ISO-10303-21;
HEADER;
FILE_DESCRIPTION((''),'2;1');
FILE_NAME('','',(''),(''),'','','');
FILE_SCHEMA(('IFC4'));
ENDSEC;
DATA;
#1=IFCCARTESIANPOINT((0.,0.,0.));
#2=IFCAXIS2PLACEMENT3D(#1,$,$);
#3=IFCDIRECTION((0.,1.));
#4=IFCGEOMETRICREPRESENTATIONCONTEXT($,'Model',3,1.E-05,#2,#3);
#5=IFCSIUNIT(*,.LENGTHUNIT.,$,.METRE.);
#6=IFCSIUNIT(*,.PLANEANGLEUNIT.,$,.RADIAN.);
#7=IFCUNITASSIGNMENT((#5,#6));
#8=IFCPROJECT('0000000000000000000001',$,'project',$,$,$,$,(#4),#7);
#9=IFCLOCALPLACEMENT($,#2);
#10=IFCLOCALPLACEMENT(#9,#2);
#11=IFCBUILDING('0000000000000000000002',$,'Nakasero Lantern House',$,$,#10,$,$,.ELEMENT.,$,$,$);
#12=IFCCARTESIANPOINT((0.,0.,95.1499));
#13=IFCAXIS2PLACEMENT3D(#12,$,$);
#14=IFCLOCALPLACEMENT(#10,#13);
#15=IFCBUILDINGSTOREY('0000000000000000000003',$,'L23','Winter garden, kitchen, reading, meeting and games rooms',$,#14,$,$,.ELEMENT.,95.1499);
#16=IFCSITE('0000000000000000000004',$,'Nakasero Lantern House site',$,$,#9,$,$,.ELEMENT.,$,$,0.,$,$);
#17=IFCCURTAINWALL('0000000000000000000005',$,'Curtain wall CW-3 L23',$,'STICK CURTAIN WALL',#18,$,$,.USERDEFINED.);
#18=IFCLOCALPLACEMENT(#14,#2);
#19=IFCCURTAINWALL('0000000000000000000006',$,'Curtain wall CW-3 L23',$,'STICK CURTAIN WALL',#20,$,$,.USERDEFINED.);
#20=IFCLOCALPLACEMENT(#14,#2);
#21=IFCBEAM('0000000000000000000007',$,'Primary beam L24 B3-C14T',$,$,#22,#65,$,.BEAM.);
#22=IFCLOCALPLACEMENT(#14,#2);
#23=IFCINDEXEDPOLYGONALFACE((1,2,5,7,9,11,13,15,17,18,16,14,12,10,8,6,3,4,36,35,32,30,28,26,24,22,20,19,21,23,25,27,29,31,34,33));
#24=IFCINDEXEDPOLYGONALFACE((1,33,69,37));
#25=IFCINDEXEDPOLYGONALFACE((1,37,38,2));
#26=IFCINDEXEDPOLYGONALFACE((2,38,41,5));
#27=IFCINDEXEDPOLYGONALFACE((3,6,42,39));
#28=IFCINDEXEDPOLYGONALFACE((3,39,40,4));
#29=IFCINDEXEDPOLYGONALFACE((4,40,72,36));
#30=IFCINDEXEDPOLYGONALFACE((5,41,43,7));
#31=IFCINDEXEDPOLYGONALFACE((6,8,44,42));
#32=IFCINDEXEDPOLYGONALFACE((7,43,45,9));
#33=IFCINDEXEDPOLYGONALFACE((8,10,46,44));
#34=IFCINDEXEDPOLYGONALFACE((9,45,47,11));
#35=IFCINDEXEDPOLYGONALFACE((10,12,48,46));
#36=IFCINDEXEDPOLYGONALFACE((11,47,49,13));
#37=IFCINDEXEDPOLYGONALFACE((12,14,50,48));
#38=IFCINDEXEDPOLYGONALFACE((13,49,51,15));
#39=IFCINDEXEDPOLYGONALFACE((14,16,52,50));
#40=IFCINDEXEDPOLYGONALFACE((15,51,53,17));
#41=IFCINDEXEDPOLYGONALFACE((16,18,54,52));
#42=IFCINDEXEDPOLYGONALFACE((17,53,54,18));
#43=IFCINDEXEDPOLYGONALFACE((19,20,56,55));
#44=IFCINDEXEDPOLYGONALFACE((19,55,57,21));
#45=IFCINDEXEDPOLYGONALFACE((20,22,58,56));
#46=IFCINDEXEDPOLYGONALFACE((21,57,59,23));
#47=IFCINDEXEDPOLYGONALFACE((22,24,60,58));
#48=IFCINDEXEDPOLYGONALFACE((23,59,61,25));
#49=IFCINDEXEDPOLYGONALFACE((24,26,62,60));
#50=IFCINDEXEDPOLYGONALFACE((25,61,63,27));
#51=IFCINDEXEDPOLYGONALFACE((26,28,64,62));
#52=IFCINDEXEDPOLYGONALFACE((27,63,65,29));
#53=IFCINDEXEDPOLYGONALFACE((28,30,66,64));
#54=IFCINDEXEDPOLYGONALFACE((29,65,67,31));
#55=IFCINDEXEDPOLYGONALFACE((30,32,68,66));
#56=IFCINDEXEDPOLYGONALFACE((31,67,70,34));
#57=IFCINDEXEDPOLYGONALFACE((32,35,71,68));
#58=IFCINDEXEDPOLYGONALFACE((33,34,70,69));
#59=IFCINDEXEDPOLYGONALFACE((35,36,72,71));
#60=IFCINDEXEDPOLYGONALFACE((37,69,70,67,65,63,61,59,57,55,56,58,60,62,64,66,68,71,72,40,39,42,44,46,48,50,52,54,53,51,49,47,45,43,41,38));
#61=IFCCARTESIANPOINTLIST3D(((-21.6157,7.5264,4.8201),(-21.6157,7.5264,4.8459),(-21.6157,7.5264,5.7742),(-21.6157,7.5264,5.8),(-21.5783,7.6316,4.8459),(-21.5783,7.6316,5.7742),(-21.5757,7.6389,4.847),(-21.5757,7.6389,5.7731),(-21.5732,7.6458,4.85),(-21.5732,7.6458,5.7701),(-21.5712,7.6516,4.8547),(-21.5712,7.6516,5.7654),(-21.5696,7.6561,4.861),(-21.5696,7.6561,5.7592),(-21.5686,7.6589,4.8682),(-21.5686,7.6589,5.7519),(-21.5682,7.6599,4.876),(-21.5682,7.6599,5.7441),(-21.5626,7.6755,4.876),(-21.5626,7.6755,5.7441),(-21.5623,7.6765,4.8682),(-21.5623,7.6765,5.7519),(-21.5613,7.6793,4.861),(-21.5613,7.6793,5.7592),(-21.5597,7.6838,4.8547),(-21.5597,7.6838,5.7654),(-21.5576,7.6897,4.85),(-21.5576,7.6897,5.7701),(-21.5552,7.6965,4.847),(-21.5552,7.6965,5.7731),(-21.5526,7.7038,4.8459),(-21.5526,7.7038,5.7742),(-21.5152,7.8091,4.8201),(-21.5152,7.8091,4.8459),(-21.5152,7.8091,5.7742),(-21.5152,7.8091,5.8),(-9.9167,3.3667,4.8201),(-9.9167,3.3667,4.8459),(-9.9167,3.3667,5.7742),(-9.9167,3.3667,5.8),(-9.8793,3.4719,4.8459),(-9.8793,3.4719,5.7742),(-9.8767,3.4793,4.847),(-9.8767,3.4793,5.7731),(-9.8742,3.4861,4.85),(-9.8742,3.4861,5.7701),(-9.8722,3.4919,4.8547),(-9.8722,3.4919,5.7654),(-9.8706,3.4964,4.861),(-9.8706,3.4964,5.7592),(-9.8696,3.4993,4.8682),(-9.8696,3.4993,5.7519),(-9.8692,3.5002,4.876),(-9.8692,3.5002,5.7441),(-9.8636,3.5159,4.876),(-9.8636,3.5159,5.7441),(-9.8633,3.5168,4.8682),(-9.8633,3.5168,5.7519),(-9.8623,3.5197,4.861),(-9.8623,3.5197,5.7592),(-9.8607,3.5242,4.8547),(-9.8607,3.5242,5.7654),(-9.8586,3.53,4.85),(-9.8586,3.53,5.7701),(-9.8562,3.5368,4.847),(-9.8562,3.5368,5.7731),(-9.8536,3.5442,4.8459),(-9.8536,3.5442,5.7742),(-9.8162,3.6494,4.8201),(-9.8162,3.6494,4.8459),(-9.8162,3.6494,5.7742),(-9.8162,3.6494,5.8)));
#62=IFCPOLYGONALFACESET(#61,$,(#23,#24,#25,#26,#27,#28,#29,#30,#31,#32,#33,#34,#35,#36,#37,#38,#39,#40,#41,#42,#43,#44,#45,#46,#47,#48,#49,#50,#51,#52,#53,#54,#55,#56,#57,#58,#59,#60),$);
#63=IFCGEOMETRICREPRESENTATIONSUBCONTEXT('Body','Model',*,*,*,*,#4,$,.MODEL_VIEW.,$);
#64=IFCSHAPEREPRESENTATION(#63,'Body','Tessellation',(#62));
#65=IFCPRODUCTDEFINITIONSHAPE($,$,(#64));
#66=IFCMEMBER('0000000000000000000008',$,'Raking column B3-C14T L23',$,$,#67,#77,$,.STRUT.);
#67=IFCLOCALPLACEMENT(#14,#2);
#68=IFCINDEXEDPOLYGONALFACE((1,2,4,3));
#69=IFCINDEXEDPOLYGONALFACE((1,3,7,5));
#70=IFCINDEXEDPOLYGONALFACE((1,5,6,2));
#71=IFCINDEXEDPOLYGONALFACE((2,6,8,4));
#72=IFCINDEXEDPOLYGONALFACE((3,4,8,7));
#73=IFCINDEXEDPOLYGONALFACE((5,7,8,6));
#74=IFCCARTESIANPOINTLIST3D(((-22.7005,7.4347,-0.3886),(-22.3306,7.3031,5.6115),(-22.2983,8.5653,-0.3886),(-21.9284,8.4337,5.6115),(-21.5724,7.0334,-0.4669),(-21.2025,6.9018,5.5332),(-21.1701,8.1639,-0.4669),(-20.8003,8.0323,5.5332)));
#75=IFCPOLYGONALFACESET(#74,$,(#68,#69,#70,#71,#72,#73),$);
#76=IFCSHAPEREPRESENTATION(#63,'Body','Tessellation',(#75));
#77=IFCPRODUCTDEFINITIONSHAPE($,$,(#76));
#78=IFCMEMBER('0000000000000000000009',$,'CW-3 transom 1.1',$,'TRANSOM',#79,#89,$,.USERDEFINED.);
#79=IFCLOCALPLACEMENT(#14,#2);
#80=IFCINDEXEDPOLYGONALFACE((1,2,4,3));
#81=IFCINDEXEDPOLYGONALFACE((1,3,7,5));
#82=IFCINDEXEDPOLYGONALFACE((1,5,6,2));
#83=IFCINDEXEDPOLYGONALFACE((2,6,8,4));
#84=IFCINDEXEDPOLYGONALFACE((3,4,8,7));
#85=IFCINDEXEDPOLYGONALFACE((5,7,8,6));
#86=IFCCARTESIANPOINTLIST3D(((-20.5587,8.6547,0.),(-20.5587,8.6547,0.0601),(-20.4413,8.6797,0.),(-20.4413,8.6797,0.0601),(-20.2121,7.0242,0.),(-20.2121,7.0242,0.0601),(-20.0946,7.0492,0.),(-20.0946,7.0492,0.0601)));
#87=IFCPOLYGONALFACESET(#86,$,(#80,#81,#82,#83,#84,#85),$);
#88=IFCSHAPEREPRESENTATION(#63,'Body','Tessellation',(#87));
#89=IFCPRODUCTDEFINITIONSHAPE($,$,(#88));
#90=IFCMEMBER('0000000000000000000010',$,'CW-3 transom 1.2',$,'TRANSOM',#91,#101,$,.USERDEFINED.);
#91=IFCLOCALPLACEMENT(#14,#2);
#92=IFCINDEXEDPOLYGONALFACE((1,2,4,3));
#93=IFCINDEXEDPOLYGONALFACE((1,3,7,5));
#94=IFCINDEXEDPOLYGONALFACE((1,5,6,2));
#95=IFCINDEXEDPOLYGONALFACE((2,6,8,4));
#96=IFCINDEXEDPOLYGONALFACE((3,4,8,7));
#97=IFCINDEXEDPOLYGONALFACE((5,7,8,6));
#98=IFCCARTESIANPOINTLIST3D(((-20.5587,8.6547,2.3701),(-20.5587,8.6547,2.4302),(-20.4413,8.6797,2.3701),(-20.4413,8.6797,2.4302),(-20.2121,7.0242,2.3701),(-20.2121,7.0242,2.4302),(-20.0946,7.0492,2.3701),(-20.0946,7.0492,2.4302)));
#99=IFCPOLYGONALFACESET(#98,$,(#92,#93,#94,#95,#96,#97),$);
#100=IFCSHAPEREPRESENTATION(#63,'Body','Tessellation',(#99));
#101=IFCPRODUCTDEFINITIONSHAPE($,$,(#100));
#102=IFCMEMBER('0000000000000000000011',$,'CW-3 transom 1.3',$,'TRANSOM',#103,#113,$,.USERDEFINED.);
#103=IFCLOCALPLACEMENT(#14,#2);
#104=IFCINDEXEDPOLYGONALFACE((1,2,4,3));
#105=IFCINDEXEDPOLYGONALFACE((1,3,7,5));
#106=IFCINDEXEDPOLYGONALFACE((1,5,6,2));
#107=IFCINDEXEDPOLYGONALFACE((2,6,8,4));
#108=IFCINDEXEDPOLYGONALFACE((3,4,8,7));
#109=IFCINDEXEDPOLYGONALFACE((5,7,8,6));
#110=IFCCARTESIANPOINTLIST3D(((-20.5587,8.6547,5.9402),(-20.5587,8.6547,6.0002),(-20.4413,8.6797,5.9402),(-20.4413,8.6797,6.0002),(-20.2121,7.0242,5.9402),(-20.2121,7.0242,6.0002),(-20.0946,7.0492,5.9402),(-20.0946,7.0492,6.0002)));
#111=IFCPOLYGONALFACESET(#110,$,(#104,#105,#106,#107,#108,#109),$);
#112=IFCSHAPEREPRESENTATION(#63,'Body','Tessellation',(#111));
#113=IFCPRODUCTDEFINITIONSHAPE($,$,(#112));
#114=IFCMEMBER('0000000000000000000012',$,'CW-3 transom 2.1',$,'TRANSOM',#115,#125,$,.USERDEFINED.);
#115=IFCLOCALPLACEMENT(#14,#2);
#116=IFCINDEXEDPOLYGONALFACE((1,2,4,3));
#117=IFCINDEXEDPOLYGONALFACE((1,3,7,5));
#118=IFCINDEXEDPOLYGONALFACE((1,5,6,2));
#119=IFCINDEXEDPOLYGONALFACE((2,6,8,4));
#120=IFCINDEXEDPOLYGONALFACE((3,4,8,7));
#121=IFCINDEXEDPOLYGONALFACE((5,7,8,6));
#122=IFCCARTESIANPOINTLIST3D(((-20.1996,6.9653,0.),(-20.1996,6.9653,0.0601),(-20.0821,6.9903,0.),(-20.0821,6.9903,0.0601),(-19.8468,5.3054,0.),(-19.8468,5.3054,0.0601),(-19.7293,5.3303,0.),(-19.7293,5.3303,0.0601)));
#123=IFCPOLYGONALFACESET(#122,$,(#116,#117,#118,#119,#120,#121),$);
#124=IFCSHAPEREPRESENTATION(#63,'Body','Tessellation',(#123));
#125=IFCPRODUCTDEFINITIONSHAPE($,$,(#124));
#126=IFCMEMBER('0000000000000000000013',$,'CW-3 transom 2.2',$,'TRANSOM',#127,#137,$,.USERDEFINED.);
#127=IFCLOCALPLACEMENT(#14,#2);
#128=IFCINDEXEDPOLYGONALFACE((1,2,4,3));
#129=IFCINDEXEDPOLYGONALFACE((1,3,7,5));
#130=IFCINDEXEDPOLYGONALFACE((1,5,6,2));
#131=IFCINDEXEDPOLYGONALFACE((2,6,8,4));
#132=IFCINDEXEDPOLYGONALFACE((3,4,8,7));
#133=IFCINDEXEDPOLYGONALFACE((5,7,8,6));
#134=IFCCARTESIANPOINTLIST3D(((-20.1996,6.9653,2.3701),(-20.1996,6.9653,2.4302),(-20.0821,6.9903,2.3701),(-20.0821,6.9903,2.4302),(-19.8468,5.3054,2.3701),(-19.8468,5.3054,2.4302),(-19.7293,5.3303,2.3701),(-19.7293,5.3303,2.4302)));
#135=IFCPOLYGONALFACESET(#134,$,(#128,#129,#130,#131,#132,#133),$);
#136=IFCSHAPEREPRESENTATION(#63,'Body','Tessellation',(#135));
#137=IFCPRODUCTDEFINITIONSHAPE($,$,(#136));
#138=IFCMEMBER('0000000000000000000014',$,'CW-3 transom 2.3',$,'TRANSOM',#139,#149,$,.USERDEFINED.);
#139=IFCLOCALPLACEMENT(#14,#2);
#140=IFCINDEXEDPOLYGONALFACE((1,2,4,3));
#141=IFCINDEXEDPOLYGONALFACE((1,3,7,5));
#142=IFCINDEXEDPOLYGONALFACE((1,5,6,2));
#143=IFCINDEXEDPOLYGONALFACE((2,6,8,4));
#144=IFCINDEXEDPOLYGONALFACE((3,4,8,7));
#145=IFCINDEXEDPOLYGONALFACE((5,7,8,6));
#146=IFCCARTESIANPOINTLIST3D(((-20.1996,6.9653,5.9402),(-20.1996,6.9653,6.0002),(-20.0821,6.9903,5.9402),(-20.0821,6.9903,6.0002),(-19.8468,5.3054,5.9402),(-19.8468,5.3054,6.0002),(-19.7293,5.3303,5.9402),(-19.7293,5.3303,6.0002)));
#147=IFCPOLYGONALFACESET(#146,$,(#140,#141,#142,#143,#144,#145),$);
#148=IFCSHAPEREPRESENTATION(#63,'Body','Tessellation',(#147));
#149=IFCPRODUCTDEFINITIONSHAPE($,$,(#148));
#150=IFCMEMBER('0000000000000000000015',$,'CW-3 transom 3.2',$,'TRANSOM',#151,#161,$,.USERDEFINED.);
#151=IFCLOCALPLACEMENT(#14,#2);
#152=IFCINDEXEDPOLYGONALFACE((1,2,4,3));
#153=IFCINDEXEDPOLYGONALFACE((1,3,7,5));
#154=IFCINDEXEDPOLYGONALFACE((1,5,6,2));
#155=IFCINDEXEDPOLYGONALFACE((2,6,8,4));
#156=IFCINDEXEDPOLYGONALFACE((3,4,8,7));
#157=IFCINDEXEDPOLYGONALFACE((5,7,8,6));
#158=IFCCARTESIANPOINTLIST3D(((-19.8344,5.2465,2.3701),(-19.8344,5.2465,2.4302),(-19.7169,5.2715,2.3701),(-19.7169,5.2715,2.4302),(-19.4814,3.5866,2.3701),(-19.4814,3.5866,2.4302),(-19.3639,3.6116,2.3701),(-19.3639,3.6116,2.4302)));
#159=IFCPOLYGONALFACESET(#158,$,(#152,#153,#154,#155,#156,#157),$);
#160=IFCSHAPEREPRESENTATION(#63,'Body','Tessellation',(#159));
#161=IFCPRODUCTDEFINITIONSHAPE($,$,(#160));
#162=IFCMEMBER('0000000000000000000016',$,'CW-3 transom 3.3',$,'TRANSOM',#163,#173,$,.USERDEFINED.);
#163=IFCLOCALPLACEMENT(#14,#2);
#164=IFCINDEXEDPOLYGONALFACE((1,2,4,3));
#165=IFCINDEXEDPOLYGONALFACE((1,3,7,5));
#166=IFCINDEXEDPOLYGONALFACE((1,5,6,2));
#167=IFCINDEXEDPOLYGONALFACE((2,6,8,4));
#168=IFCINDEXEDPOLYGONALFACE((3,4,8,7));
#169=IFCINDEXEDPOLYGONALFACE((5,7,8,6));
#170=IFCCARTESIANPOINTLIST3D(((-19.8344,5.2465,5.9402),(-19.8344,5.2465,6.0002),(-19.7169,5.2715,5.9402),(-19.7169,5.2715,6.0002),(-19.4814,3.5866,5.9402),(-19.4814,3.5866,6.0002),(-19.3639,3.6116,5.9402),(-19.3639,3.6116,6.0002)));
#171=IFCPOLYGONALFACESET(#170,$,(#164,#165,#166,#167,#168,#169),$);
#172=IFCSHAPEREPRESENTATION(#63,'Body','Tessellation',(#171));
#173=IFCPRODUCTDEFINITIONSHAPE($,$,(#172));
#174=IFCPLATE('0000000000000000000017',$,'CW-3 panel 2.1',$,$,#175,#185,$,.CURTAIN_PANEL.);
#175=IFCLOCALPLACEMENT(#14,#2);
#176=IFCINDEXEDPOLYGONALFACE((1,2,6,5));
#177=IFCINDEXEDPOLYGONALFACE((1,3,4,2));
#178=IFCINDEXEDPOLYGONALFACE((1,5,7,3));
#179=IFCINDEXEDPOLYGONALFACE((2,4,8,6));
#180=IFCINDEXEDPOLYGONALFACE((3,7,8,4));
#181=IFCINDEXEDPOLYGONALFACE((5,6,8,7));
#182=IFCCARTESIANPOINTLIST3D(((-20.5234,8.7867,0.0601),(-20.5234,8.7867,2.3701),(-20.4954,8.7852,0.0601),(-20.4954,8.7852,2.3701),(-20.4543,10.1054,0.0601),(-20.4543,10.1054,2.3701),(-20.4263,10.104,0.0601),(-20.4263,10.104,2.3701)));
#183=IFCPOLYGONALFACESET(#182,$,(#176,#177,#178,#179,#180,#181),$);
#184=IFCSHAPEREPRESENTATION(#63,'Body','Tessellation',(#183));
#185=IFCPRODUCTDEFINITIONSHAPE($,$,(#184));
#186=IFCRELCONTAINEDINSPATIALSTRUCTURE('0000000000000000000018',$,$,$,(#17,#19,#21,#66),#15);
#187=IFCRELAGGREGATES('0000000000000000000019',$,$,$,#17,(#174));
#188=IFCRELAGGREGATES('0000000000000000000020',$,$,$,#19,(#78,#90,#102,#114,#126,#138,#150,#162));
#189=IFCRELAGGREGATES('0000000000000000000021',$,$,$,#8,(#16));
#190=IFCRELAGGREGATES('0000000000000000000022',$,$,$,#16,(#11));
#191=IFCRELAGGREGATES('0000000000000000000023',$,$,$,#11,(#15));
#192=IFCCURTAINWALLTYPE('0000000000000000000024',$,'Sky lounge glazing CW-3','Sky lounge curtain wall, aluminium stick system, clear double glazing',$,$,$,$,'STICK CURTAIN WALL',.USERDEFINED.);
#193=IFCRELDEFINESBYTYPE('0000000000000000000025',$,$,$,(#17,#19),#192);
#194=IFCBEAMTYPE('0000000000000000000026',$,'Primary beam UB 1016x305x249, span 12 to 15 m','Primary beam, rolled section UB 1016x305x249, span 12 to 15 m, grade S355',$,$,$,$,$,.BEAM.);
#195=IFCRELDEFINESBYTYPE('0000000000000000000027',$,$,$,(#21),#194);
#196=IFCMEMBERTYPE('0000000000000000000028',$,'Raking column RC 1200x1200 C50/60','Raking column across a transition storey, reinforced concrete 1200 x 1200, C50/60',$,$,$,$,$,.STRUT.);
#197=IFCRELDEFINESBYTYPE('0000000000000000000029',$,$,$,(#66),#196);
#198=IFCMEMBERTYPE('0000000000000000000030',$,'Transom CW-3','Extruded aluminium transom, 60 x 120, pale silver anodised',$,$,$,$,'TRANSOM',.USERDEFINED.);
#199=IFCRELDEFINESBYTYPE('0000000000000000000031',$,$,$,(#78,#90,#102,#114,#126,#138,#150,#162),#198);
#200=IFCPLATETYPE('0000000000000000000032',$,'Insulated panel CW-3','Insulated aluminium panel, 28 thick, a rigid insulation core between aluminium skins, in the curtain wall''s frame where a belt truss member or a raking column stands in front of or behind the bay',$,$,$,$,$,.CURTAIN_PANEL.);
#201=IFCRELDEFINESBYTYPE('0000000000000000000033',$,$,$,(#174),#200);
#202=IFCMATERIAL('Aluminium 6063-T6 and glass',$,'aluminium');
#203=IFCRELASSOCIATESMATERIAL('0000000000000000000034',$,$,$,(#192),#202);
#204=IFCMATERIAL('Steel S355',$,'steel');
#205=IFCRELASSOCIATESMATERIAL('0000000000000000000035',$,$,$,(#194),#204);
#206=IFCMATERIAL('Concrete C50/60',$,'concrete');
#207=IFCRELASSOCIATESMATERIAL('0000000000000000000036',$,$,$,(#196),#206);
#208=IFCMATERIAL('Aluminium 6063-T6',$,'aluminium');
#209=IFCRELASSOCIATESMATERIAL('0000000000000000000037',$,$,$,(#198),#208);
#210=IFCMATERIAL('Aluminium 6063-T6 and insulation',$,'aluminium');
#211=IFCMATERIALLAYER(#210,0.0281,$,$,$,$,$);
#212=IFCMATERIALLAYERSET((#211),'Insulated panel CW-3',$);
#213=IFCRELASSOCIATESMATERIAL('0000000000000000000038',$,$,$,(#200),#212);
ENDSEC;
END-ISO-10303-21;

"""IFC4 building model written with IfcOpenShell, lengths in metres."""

from ifc_helpers import new_model, si_unit, direction, frame, origin, origin_2d, place, context, subcontext, project, spatial, rectangle, i_section, extrude, material, layer, layer_set, material_profile, profile_set, type_object, element, aggregate, save


model = new_model("IFC4")

# Units and contexts
model_context = context("Model", 3, precision=1e-05, world=origin(), true_north=direction((0.0, 1.0)))
body_context = subcontext(model_context, "Body", "Model", "MODEL_VIEW")
ifc_project = project(units=[si_unit("LENGTHUNIT", "METRE"), si_unit("PLANEANGLEUNIT", "RADIAN")], contexts=[model_context])

# Site, building, storey
site_placement = place(None, origin())
site = spatial("IfcSite", under=ifc_project, at=site_placement, Name="Nakasero Lantern House site", CompositionType="ELEMENT", RefElevation=0.0)
building_placement = place(site_placement, origin())
building = spatial("IfcBuilding", under=site, at=building_placement, Name="Nakasero Lantern House", CompositionType="ELEMENT")
storey_placement = place(building_placement, frame((0.0, 0.0, 95.1499)))
storey = spatial("IfcBuildingStorey", under=building, at=storey_placement, Name="L23", Description="Winter garden, kitchen, reading, meeting and games rooms", CompositionType="ELEMENT", Elevation=95.1499)

# Curtain wall
ifc_material_1 = material(Name="Aluminium 6063-T6 and glass", Category="aluminium")
curtain_wall_type = type_object("IfcCurtainWallType", Name="Sky lounge glazing CW-3", Description="Sky lounge curtain wall, aluminium stick system, clear double glazing", ElementType="STICK CURTAIN WALL", PredefinedType="USERDEFINED", material=ifc_material_1)
curtain_wall_1_placement = place(storey_placement, origin())
curtain_wall_1 = element("IfcCurtainWall", 1, at=curtain_wall_1_placement, inside=storey, type_object=curtain_wall_type, Name="Curtain wall CW-3 L23", ObjectType="STICK CURTAIN WALL", PredefinedType="USERDEFINED")

# Curtain wall
curtain_wall_2_placement = place(storey_placement, origin())
curtain_wall_2 = element("IfcCurtainWall", 2, at=curtain_wall_2_placement, inside=storey, type_object=curtain_wall_type, Name="Curtain wall CW-3 L23", ObjectType="STICK CURTAIN WALL", PredefinedType="USERDEFINED")

# Beam
ifc_material_2 = material(Name="Steel S355", Category="steel")
ifc_material_profile_1 = material_profile(ifc_material_2, i_section(OverallWidth=0.3, OverallDepth=0.98, WebThickness=0.0166, FlangeThickness=0.0259, FilletRadius=0.03, at=origin_2d()), Name="UB 1016x305x249")
ifc_profile_set_1 = profile_set([ifc_material_profile_1], Name="Steel S355")
beam_type = type_object("IfcBeamType", Name="Primary beam UB 1016x305x249, span 12 to 15 m", Description="Primary beam, rolled section UB 1016x305x249, span 12 to 15 m, grade S355", PredefinedType="BEAM", material=ifc_profile_set_1)
beam_placement = place(storey_placement, frame((-21.5654, 7.6677, 5.3101), z_axis=(0.942214, -0.335012, 0.0), x_axis=(0.335012, 0.942214, 0.0)))
element("IfcBeam", 3, at=beam_placement, inside=storey, type_object=beam_type, Name="Primary beam L24 B3-C14T", PredefinedType="BEAM", context=body_context, shape_type="SweptSolid", body=[
    extrude(i_section(OverallWidth=0.3, OverallDepth=0.98, WebThickness=0.0166, FlangeThickness=0.0259, FilletRadius=0.03, at=origin_2d()), origin(), (0.0, 0.0, 1.0), 12.4165),
])

# Members
ifc_material_3 = material(Name="Concrete C50/60", Category="concrete")
ifc_material_profile_2 = material_profile(ifc_material_3, rectangle(XDim=1.2, YDim=1.2, at=origin_2d()), Name="RC 1200x1200")
ifc_profile_set_2 = profile_set([ifc_material_profile_2], Name="Concrete C50/60")
member_type_1 = type_object("IfcMemberType", Name="Raking column RC 1200x1200 C50/60", Description="Raking column across a transition storey, reinforced concrete 1200 x 1200, C50/60", PredefinedType="STRUT", material=ifc_profile_set_2)
member_1_placement = place(storey_placement, frame((-21.9353, 7.7993, -0.4277), z_axis=(0.061514, -0.021885, 0.997866), x_axis=(0.335194, 0.942149, 0.0)))
element("IfcMember", 4, at=member_1_placement, inside=storey, type_object=member_type_1, Name="Raking column B3-C14T L23", PredefinedType="STRUT", context=body_context, shape_type="SweptSolid", body=[
    extrude(rectangle(XDim=1.2, YDim=1.2, at=origin_2d()), origin(), (0.0, 0.0, 1.0), 6.0129),
])
ifc_material_4 = material(Name="Aluminium 6063-T6", Category="aluminium")
ifc_material_profile_3 = material_profile(ifc_material_4, rectangle(XDim=0.0601, YDim=0.1201, at=origin_2d()), Name="CW-3 transom 60x120")
ifc_profile_set_3 = profile_set([ifc_material_profile_3], Name="Aluminium 6063-T6")
member_type_2 = type_object("IfcMemberType", Name="Transom CW-3", Description="Extruded aluminium transom, 60 x 120, pale silver anodised", ElementType="TRANSOM", PredefinedType="USERDEFINED", material=ifc_profile_set_3)
member_2_placement = place(storey_placement, frame((-20.5, 8.6672, 0.03), z_axis=(0.207959, -0.978138, 0.0), x_axis=(0.0, 0.0, 1.0)))
member_2 = element("IfcMember", 5, at=member_2_placement, type_object=member_type_2, Name="CW-3 transom 1.1", ObjectType="TRANSOM", PredefinedType="USERDEFINED", context=body_context, shape_type="SweptSolid", body=[
    extrude(rectangle(XDim=0.0601, YDim=0.1201, at=origin_2d()), origin(), (0.0, 0.0, 1.0), 1.667),
])
member_3_placement = place(storey_placement, frame((-20.5, 8.6672, 2.4001), z_axis=(0.207959, -0.978138, 0.0), x_axis=(0.0, 0.0, 1.0)))
member_3 = element("IfcMember", 6, at=member_3_placement, type_object=member_type_2, Name="CW-3 transom 1.2", ObjectType="TRANSOM", PredefinedType="USERDEFINED", context=body_context, shape_type="SweptSolid", body=[
    extrude(rectangle(XDim=0.0601, YDim=0.1201, at=origin_2d()), origin(), (0.0, 0.0, 1.0), 1.667),
])
member_4_placement = place(storey_placement, frame((-20.5, 8.6672, 5.9702), z_axis=(0.207959, -0.978138, 0.0), x_axis=(0.0, 0.0, 1.0)))
member_4 = element("IfcMember", 7, at=member_4_placement, type_object=member_type_2, Name="CW-3 transom 1.3", ObjectType="TRANSOM", PredefinedType="USERDEFINED", context=body_context, shape_type="SweptSolid", body=[
    extrude(rectangle(XDim=0.0601, YDim=0.1201, at=origin_2d()), origin(), (0.0, 0.0, 1.0), 1.667),
])
member_5_placement = place(storey_placement, frame((-20.1409, 6.9778, 0.03), z_axis=(0.207888, -0.978153, 0.0), x_axis=(0.0, 0.0, 1.0)))
member_5 = element("IfcMember", 8, at=member_5_placement, type_object=member_type_2, Name="CW-3 transom 2.1", ObjectType="TRANSOM", PredefinedType="USERDEFINED", context=body_context, shape_type="SweptSolid", body=[
    extrude(rectangle(XDim=0.0601, YDim=0.1201, at=origin_2d()), origin(), (0.0, 0.0, 1.0), 1.697),
])
member_6_placement = place(storey_placement, frame((-20.1409, 6.9778, 2.4001), z_axis=(0.207888, -0.978153, 0.0), x_axis=(0.0, 0.0, 1.0)))
member_6 = element("IfcMember", 9, at=member_6_placement, type_object=member_type_2, Name="CW-3 transom 2.2", ObjectType="TRANSOM", PredefinedType="USERDEFINED", context=body_context, shape_type="SweptSolid", body=[
    extrude(rectangle(XDim=0.0601, YDim=0.1201, at=origin_2d()), origin(), (0.0, 0.0, 1.0), 1.697),
])
member_7_placement = place(storey_placement, frame((-20.1409, 6.9778, 5.9702), z_axis=(0.207888, -0.978153, 0.0), x_axis=(0.0, 0.0, 1.0)))
member_7 = element("IfcMember", 10, at=member_7_placement, type_object=member_type_2, Name="CW-3 transom 2.3", ObjectType="TRANSOM", PredefinedType="USERDEFINED", context=body_context, shape_type="SweptSolid", body=[
    extrude(rectangle(XDim=0.0601, YDim=0.1201, at=origin_2d()), origin(), (0.0, 0.0, 1.0), 1.697),
])
member_8_placement = place(storey_placement, frame((-19.7756, 5.259, 2.4001), z_axis=(0.208026, -0.978123, 0.0), x_axis=(0.0, 0.0, 1.0)))
member_8 = element("IfcMember", 11, at=member_8_placement, type_object=member_type_2, Name="CW-3 transom 3.2", ObjectType="TRANSOM", PredefinedType="USERDEFINED", context=body_context, shape_type="SweptSolid", body=[
    extrude(rectangle(XDim=0.0601, YDim=0.1201, at=origin_2d()), origin(), (0.0, 0.0, 1.0), 1.697),
])
member_9_placement = place(storey_placement, frame((-19.7756, 5.259, 5.9702), z_axis=(0.208026, -0.978123, 0.0), x_axis=(0.0, 0.0, 1.0)))
member_9 = element("IfcMember", 12, at=member_9_placement, type_object=member_type_2, Name="CW-3 transom 3.3", ObjectType="TRANSOM", PredefinedType="USERDEFINED", context=body_context, shape_type="SweptSolid", body=[
    extrude(rectangle(XDim=0.0601, YDim=0.1201, at=origin_2d()), origin(), (0.0, 0.0, 1.0), 1.697),
])

# Plate
ifc_material_5 = material(Name="Aluminium 6063-T6 and insulation", Category="aluminium")
ifc_layer_1 = layer(ifc_material_5, 0.0281)
ifc_layer_set_1 = layer_set([ifc_layer_1], Name="Insulated panel CW-3")
plate_type = type_object("IfcPlateType", Name="Insulated panel CW-3", Description="Insulated aluminium panel, 28 thick, a rigid insulation core between aluminium skins, in the curtain wall's frame where a belt truss member or a raking column stands in front of or behind the bay", PredefinedType="CURTAIN_PANEL", material=ifc_layer_set_1)
plate_1_placement = place(storey_placement, frame((-20.4749, 9.4453, 0.0601), z_axis=(0.0, 0.0, 1.0), x_axis=(-0.052336, -0.99863, 0.0)))
plate_1 = element("IfcPlate", 13, at=plate_1_placement, type_object=plate_type, Name="CW-3 panel 2.1", PredefinedType="CURTAIN_PANEL", context=body_context, shape_type="SweptSolid", body=[
    extrude(rectangle(XDim=1.3206, YDim=0.0281, at=origin_2d()), origin(), (0.0, 0.0, 1.0), 2.3101),
])
aggregate(curtain_wall_1, [plate_1])
aggregate(curtain_wall_2, [member_2, member_3, member_4, member_5, member_6, member_7, member_8, member_9])

save(model, "model.ifc")
